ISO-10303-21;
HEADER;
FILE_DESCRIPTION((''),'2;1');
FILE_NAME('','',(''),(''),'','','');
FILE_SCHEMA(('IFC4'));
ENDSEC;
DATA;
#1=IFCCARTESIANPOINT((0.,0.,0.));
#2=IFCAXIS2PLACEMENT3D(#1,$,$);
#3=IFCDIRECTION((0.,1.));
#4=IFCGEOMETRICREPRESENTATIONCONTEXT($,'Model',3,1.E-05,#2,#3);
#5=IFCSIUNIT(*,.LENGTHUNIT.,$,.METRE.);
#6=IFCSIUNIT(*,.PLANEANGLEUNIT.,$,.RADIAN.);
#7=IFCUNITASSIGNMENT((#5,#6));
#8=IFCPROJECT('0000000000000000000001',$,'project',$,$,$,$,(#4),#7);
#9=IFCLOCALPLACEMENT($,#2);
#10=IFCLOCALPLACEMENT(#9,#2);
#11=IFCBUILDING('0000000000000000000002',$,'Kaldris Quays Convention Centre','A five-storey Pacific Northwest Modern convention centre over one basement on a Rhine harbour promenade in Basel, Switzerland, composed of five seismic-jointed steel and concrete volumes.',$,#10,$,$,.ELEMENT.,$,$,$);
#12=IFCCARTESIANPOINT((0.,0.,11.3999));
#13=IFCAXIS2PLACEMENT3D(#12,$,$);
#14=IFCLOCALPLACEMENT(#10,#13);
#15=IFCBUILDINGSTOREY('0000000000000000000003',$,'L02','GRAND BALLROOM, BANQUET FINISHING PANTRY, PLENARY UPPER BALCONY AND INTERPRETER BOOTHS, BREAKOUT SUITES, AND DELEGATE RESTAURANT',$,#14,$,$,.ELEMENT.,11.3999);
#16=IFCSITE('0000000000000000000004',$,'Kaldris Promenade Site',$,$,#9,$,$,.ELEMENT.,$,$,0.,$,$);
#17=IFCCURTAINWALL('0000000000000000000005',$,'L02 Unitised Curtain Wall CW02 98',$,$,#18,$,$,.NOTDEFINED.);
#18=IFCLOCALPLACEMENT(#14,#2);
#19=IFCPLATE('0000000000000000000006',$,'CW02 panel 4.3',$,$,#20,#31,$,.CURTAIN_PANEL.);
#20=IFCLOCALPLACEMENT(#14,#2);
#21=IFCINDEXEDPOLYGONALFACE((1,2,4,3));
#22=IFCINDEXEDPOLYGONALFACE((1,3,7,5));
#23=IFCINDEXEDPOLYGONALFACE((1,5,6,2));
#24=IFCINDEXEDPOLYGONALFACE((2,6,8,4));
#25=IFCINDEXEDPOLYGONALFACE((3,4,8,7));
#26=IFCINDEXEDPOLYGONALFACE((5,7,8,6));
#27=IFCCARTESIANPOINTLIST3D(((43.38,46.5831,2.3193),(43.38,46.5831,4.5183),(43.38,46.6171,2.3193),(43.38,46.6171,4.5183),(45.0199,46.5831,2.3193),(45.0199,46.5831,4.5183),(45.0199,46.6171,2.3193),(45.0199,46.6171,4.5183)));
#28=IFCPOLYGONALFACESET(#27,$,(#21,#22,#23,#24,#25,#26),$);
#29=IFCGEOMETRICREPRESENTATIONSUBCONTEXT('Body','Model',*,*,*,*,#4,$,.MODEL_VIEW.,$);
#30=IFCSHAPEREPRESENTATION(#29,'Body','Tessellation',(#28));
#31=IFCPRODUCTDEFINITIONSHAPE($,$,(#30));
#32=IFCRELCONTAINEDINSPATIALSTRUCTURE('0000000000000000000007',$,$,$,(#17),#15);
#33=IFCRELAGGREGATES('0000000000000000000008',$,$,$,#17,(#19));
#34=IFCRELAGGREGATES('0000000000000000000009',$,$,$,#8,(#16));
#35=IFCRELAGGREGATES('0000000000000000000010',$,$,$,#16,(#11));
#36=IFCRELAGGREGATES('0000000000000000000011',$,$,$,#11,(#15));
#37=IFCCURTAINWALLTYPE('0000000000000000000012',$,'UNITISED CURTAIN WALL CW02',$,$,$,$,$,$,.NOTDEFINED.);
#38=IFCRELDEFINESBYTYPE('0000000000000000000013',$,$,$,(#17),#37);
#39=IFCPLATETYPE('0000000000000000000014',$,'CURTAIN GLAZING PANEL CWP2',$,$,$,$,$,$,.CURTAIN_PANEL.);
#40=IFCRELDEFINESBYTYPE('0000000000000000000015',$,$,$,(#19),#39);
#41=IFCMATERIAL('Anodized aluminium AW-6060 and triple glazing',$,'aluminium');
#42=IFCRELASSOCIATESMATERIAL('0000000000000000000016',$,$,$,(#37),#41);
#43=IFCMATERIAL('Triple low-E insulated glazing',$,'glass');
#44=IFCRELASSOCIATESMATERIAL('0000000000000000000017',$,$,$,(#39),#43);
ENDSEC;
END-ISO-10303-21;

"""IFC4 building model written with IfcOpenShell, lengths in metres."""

from ifc_helpers import new_model, si_unit, direction, frame, origin, origin_2d, place, context, subcontext, project, spatial, rectangle, extrude, material, type_object, element, aggregate, save


model = new_model("IFC4")

# Units and contexts
model_context = context("Model", 3, precision=1e-05, world=origin(), true_north=direction((0.0, 1.0)))
body_context = subcontext(model_context, "Body", "Model", "MODEL_VIEW")
ifc_project = project(units=[si_unit("LENGTHUNIT", "METRE"), si_unit("PLANEANGLEUNIT", "RADIAN")], contexts=[model_context])

# Site, building, storey
site_placement = place(None, origin())
site = spatial("IfcSite", under=ifc_project, at=site_placement, Name="Kaldris Promenade Site", CompositionType="ELEMENT", RefElevation=0.0)
building_placement = place(site_placement, origin())
building = spatial("IfcBuilding", under=site, at=building_placement, Name="Kaldris Quays Convention Centre", Description="A five-storey Pacific Northwest Modern convention centre over one basement on a Rhine harbour promenade in Basel, Switzerland, composed of five seismic-jointed steel and concrete volumes.", CompositionType="ELEMENT")
storey_placement = place(building_placement, frame((0.0, 0.0, 11.3999)))
storey = spatial("IfcBuildingStorey", under=building, at=storey_placement, Name="L02", Description="GRAND BALLROOM, BANQUET FINISHING PANTRY, PLENARY UPPER BALCONY AND INTERPRETER BOOTHS, BREAKOUT SUITES, AND DELEGATE RESTAURANT", CompositionType="ELEMENT", Elevation=11.3999)

# Curtain wall
ifc_material_1 = material(Name="Anodized aluminium AW-6060 and triple glazing", Category="aluminium")
curtain_wall_type = type_object("IfcCurtainWallType", Name="UNITISED CURTAIN WALL CW02", PredefinedType="NOTDEFINED", material=ifc_material_1)
curtain_wall_placement = place(storey_placement, origin())
curtain_wall = element("IfcCurtainWall", 1, at=curtain_wall_placement, inside=storey, type_object=curtain_wall_type, Name="L02 Unitised Curtain Wall CW02 98", PredefinedType="NOTDEFINED")

# Plate
ifc_material_2 = material(Name="Triple low-E insulated glazing", Category="glass")
plate_type = type_object("IfcPlateType", Name="CURTAIN GLAZING PANEL CWP2", PredefinedType="CURTAIN_PANEL", material=ifc_material_2)
plate_1_placement = place(storey_placement, frame((44.2, 46.6001, 2.3193), z_axis=(0.0, 0.0, 1.0), x_axis=(1.0, 0.0, 0.0)))
plate_1 = element("IfcPlate", 2, at=plate_1_placement, type_object=plate_type, Name="CW02 panel 4.3", PredefinedType="CURTAIN_PANEL", context=body_context, shape_type="SweptSolid", body=[
    extrude(rectangle(XDim=1.6399, YDim=0.0339, at=origin_2d()), origin(), (0.0, 0.0, 1.0), 2.199),
])
aggregate(curtain_wall, [plate_1])

save(model, "model.ifc")
